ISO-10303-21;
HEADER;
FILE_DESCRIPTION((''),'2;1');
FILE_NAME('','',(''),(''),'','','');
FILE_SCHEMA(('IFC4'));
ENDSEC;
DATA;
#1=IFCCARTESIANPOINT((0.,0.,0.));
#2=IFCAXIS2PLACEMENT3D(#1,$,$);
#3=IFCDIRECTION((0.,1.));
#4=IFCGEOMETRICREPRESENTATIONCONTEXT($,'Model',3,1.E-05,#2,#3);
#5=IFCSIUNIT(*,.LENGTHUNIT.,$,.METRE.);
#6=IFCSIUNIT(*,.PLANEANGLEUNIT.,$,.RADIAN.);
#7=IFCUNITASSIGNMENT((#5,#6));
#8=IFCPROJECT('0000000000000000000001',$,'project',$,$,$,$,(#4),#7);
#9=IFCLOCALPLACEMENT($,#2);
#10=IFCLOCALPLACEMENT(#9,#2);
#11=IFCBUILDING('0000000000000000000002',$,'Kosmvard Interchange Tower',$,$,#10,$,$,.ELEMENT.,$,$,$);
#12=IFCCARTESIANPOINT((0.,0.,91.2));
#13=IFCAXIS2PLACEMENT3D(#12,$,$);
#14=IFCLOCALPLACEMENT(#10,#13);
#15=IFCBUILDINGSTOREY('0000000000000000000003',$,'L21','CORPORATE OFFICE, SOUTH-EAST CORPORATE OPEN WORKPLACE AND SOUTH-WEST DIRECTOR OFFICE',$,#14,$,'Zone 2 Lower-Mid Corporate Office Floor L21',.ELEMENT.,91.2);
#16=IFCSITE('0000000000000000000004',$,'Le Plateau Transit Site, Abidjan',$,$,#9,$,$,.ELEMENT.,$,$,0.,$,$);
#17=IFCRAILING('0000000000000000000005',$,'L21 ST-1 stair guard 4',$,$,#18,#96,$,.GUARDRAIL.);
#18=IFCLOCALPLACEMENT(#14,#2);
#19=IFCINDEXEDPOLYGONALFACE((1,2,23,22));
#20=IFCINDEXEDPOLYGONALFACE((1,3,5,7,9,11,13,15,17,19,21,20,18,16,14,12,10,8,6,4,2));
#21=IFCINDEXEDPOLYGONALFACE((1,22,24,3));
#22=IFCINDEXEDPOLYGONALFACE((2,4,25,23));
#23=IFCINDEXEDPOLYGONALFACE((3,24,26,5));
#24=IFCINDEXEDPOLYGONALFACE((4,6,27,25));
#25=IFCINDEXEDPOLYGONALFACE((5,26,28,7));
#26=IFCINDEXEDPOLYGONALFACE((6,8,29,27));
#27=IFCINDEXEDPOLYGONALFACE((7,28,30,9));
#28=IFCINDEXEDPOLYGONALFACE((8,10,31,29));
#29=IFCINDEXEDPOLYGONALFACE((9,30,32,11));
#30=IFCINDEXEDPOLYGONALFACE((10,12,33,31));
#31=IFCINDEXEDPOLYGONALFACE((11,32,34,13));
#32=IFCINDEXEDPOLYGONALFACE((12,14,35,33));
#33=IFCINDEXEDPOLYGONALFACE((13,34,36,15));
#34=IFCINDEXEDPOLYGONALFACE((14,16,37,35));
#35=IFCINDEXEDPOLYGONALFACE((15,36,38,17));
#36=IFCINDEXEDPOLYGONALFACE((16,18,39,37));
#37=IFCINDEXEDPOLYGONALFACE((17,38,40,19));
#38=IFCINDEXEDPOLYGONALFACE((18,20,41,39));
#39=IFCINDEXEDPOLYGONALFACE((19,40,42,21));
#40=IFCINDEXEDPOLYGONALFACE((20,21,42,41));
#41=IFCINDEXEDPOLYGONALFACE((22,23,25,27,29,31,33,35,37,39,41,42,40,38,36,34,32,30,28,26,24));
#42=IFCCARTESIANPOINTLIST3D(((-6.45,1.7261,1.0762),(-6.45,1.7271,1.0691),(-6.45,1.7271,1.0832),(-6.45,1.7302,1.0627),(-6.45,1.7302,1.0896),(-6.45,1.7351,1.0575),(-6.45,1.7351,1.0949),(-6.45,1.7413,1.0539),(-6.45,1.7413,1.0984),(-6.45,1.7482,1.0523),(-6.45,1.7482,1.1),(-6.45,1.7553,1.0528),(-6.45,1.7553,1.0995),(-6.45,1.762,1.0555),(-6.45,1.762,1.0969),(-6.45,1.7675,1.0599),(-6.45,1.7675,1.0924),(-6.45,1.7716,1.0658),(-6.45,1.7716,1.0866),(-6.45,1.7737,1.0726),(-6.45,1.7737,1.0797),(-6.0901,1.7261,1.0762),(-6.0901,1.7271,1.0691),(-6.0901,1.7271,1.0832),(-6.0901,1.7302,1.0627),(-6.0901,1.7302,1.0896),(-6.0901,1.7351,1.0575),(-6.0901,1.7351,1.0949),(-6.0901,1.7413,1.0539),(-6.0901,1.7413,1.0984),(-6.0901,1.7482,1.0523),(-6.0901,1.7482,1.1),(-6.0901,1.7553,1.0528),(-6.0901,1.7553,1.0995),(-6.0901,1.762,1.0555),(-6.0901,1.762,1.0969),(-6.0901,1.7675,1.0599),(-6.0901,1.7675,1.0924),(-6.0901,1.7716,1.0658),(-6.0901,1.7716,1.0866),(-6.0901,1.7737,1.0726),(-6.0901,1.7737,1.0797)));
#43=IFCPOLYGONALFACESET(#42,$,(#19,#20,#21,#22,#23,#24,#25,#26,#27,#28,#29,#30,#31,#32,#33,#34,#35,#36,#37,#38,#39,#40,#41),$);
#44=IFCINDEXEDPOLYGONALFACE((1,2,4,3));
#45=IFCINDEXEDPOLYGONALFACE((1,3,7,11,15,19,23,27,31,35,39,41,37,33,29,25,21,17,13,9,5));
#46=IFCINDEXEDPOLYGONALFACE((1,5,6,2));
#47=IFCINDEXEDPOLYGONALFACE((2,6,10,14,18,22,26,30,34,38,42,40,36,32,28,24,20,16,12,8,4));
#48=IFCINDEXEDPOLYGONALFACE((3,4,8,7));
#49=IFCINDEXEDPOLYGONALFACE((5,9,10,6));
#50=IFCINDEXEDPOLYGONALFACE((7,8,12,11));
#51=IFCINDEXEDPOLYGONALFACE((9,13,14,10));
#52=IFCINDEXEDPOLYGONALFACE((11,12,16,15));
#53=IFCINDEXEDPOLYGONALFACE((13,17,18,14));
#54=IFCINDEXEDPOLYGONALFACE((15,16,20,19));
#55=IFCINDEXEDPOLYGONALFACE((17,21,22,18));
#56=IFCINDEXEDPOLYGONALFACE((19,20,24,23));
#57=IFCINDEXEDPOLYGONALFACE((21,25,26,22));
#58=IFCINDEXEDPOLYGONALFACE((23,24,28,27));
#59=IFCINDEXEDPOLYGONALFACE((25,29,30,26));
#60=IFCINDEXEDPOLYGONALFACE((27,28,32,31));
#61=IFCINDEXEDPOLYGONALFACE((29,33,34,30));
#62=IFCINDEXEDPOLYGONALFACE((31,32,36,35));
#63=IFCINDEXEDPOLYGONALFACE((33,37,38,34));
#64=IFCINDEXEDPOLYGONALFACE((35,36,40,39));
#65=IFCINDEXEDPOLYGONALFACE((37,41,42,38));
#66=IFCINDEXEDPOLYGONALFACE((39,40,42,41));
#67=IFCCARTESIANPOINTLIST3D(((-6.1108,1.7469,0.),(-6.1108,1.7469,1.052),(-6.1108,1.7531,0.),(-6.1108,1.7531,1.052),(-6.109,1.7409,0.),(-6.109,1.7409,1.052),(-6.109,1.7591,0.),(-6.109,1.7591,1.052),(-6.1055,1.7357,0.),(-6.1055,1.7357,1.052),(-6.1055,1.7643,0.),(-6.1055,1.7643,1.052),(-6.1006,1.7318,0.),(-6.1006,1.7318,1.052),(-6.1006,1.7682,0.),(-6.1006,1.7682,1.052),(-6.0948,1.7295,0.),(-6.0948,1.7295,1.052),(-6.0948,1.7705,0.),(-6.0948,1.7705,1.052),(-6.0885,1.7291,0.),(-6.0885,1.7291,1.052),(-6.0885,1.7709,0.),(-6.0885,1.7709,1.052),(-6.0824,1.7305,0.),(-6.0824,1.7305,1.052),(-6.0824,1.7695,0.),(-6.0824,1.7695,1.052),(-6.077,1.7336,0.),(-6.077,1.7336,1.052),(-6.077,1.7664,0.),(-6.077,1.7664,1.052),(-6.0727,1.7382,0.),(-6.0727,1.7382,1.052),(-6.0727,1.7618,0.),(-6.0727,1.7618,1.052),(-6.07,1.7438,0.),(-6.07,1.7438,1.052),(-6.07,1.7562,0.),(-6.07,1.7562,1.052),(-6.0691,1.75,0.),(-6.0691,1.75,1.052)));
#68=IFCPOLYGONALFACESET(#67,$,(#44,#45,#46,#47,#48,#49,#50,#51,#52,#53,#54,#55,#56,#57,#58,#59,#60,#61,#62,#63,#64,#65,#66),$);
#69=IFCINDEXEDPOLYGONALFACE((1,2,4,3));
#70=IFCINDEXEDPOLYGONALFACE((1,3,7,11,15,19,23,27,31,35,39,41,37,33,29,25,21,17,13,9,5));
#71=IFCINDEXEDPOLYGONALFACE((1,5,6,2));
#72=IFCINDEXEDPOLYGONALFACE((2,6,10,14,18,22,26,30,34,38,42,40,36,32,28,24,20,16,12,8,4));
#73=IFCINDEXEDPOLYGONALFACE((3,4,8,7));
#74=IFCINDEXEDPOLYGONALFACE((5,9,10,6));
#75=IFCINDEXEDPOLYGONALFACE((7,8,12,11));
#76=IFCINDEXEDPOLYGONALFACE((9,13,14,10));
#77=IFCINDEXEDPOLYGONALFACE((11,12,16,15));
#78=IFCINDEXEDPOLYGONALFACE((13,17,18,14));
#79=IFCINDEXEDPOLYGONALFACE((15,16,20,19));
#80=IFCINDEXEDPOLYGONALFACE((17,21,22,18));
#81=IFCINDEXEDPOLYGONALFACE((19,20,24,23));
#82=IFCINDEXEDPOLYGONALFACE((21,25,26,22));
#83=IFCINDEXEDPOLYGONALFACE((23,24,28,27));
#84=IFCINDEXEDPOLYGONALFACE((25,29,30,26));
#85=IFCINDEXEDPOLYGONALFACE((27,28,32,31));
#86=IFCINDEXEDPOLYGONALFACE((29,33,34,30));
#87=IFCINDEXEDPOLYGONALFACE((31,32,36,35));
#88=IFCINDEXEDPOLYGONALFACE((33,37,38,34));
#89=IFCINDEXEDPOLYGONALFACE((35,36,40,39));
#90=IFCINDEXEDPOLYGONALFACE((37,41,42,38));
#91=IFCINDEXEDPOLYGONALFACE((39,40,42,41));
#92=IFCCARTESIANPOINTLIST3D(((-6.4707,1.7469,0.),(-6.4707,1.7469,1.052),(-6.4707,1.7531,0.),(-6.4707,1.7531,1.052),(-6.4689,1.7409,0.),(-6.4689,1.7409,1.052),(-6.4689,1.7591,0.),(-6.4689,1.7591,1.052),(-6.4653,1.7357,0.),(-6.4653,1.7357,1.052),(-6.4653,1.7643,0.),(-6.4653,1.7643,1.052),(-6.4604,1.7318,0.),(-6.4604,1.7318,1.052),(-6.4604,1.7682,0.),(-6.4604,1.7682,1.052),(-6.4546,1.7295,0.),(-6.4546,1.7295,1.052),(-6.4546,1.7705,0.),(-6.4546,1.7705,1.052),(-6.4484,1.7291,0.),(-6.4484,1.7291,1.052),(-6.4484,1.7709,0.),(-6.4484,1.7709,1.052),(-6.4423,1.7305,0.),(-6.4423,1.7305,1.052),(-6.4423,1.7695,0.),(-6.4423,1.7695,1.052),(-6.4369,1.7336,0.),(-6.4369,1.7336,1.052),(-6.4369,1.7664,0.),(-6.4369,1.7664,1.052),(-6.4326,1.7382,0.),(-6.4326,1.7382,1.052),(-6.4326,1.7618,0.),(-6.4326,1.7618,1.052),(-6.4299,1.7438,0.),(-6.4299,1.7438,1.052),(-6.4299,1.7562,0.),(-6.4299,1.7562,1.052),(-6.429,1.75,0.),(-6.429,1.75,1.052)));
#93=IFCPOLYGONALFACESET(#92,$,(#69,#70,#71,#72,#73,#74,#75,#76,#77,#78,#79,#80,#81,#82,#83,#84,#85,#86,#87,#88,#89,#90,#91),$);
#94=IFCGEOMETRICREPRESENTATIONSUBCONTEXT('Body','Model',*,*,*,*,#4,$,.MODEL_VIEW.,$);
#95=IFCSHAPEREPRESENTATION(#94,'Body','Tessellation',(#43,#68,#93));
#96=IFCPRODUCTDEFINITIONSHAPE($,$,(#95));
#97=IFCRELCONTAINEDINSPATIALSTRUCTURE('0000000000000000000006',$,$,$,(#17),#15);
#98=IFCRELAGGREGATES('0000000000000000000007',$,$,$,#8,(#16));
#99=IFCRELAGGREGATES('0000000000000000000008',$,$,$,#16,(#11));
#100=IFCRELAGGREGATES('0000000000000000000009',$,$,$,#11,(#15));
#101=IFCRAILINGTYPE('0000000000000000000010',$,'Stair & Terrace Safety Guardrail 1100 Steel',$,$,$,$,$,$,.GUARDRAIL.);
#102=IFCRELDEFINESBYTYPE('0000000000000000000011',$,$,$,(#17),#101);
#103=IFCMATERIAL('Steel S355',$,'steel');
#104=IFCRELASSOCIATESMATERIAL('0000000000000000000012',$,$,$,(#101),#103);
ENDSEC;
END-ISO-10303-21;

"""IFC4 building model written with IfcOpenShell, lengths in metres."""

from ifc_helpers import new_model, si_unit, direction, frame, origin, origin_2d, place, context, subcontext, project, spatial, circle, extrude, source, transform, mapped, material, type_object, element, save


model = new_model("IFC4")

# Units and contexts
model_context = context("Model", 3, precision=1e-05, world=origin(), true_north=direction((0.0, 1.0)))
body_context = subcontext(model_context, "Body", "Model", "MODEL_VIEW")
ifc_project = project(units=[si_unit("LENGTHUNIT", "METRE"), si_unit("PLANEANGLEUNIT", "RADIAN")], contexts=[model_context])

# Site, building, storey
site_placement = place(None, origin())
site = spatial("IfcSite", under=ifc_project, at=site_placement, Name="Le Plateau Transit Site, Abidjan", CompositionType="ELEMENT", RefElevation=0.0)
building_placement = place(site_placement, origin())
building = spatial("IfcBuilding", under=site, at=building_placement, Name="Kosmvard Interchange Tower", CompositionType="ELEMENT")
storey_placement = place(building_placement, frame((0.0, 0.0, 91.2)))
storey = spatial("IfcBuildingStorey", under=building, at=storey_placement, Name="L21", Description="CORPORATE OFFICE, SOUTH-EAST CORPORATE OPEN WORKPLACE AND SOUTH-WEST DIRECTOR OFFICE", LongName="Zone 2 Lower-Mid Corporate Office Floor L21", CompositionType="ELEMENT", Elevation=91.2)

# Shared definitions
ifc_material_1 = material(Name="Steel S355", Category="steel")

# Railing
railing_type_1 = type_object("IfcRailingType", Name="Stair & Terrace Safety Guardrail 1100 Steel", PredefinedType="GUARDRAIL", material=ifc_material_1)
shared_shape_1 = source(origin(), body_context, "Body", "SweptSolid", [
    extrude(circle(Radius=0.0239, at=origin_2d()), frame((0.0, 0.0, 1.0762), z_axis=(-1.0, 0.0, 0.0), x_axis=(0.0, -1.0, 0.0)), (0.0, 0.0, 1.0), 0.3599),
    extrude(circle(Radius=0.021, at=origin_2d()), origin(), (0.0, 0.0, 1.0), 1.052),
    extrude(circle(Radius=0.021, at=origin_2d()), frame((-0.3599, 0.0, 0.0)), (0.0, 0.0, 1.0), 1.052),
])
for number, where, name in (
    (1, (-6.0901, 1.75, 0.0), "L21 ST-1 stair guard 4"),
):
    element("IfcRailing", number, at=place(storey_placement, frame(where)), inside=storey, type_object=railing_type_1, Name=name, PredefinedType="GUARDRAIL", context=body_context, shape_type="MappedRepresentation", body=[
        mapped(shared_shape_1, transform((0.0, 0.0, 0.0), scale=1.0)),
    ])

save(model, "model.ifc")
